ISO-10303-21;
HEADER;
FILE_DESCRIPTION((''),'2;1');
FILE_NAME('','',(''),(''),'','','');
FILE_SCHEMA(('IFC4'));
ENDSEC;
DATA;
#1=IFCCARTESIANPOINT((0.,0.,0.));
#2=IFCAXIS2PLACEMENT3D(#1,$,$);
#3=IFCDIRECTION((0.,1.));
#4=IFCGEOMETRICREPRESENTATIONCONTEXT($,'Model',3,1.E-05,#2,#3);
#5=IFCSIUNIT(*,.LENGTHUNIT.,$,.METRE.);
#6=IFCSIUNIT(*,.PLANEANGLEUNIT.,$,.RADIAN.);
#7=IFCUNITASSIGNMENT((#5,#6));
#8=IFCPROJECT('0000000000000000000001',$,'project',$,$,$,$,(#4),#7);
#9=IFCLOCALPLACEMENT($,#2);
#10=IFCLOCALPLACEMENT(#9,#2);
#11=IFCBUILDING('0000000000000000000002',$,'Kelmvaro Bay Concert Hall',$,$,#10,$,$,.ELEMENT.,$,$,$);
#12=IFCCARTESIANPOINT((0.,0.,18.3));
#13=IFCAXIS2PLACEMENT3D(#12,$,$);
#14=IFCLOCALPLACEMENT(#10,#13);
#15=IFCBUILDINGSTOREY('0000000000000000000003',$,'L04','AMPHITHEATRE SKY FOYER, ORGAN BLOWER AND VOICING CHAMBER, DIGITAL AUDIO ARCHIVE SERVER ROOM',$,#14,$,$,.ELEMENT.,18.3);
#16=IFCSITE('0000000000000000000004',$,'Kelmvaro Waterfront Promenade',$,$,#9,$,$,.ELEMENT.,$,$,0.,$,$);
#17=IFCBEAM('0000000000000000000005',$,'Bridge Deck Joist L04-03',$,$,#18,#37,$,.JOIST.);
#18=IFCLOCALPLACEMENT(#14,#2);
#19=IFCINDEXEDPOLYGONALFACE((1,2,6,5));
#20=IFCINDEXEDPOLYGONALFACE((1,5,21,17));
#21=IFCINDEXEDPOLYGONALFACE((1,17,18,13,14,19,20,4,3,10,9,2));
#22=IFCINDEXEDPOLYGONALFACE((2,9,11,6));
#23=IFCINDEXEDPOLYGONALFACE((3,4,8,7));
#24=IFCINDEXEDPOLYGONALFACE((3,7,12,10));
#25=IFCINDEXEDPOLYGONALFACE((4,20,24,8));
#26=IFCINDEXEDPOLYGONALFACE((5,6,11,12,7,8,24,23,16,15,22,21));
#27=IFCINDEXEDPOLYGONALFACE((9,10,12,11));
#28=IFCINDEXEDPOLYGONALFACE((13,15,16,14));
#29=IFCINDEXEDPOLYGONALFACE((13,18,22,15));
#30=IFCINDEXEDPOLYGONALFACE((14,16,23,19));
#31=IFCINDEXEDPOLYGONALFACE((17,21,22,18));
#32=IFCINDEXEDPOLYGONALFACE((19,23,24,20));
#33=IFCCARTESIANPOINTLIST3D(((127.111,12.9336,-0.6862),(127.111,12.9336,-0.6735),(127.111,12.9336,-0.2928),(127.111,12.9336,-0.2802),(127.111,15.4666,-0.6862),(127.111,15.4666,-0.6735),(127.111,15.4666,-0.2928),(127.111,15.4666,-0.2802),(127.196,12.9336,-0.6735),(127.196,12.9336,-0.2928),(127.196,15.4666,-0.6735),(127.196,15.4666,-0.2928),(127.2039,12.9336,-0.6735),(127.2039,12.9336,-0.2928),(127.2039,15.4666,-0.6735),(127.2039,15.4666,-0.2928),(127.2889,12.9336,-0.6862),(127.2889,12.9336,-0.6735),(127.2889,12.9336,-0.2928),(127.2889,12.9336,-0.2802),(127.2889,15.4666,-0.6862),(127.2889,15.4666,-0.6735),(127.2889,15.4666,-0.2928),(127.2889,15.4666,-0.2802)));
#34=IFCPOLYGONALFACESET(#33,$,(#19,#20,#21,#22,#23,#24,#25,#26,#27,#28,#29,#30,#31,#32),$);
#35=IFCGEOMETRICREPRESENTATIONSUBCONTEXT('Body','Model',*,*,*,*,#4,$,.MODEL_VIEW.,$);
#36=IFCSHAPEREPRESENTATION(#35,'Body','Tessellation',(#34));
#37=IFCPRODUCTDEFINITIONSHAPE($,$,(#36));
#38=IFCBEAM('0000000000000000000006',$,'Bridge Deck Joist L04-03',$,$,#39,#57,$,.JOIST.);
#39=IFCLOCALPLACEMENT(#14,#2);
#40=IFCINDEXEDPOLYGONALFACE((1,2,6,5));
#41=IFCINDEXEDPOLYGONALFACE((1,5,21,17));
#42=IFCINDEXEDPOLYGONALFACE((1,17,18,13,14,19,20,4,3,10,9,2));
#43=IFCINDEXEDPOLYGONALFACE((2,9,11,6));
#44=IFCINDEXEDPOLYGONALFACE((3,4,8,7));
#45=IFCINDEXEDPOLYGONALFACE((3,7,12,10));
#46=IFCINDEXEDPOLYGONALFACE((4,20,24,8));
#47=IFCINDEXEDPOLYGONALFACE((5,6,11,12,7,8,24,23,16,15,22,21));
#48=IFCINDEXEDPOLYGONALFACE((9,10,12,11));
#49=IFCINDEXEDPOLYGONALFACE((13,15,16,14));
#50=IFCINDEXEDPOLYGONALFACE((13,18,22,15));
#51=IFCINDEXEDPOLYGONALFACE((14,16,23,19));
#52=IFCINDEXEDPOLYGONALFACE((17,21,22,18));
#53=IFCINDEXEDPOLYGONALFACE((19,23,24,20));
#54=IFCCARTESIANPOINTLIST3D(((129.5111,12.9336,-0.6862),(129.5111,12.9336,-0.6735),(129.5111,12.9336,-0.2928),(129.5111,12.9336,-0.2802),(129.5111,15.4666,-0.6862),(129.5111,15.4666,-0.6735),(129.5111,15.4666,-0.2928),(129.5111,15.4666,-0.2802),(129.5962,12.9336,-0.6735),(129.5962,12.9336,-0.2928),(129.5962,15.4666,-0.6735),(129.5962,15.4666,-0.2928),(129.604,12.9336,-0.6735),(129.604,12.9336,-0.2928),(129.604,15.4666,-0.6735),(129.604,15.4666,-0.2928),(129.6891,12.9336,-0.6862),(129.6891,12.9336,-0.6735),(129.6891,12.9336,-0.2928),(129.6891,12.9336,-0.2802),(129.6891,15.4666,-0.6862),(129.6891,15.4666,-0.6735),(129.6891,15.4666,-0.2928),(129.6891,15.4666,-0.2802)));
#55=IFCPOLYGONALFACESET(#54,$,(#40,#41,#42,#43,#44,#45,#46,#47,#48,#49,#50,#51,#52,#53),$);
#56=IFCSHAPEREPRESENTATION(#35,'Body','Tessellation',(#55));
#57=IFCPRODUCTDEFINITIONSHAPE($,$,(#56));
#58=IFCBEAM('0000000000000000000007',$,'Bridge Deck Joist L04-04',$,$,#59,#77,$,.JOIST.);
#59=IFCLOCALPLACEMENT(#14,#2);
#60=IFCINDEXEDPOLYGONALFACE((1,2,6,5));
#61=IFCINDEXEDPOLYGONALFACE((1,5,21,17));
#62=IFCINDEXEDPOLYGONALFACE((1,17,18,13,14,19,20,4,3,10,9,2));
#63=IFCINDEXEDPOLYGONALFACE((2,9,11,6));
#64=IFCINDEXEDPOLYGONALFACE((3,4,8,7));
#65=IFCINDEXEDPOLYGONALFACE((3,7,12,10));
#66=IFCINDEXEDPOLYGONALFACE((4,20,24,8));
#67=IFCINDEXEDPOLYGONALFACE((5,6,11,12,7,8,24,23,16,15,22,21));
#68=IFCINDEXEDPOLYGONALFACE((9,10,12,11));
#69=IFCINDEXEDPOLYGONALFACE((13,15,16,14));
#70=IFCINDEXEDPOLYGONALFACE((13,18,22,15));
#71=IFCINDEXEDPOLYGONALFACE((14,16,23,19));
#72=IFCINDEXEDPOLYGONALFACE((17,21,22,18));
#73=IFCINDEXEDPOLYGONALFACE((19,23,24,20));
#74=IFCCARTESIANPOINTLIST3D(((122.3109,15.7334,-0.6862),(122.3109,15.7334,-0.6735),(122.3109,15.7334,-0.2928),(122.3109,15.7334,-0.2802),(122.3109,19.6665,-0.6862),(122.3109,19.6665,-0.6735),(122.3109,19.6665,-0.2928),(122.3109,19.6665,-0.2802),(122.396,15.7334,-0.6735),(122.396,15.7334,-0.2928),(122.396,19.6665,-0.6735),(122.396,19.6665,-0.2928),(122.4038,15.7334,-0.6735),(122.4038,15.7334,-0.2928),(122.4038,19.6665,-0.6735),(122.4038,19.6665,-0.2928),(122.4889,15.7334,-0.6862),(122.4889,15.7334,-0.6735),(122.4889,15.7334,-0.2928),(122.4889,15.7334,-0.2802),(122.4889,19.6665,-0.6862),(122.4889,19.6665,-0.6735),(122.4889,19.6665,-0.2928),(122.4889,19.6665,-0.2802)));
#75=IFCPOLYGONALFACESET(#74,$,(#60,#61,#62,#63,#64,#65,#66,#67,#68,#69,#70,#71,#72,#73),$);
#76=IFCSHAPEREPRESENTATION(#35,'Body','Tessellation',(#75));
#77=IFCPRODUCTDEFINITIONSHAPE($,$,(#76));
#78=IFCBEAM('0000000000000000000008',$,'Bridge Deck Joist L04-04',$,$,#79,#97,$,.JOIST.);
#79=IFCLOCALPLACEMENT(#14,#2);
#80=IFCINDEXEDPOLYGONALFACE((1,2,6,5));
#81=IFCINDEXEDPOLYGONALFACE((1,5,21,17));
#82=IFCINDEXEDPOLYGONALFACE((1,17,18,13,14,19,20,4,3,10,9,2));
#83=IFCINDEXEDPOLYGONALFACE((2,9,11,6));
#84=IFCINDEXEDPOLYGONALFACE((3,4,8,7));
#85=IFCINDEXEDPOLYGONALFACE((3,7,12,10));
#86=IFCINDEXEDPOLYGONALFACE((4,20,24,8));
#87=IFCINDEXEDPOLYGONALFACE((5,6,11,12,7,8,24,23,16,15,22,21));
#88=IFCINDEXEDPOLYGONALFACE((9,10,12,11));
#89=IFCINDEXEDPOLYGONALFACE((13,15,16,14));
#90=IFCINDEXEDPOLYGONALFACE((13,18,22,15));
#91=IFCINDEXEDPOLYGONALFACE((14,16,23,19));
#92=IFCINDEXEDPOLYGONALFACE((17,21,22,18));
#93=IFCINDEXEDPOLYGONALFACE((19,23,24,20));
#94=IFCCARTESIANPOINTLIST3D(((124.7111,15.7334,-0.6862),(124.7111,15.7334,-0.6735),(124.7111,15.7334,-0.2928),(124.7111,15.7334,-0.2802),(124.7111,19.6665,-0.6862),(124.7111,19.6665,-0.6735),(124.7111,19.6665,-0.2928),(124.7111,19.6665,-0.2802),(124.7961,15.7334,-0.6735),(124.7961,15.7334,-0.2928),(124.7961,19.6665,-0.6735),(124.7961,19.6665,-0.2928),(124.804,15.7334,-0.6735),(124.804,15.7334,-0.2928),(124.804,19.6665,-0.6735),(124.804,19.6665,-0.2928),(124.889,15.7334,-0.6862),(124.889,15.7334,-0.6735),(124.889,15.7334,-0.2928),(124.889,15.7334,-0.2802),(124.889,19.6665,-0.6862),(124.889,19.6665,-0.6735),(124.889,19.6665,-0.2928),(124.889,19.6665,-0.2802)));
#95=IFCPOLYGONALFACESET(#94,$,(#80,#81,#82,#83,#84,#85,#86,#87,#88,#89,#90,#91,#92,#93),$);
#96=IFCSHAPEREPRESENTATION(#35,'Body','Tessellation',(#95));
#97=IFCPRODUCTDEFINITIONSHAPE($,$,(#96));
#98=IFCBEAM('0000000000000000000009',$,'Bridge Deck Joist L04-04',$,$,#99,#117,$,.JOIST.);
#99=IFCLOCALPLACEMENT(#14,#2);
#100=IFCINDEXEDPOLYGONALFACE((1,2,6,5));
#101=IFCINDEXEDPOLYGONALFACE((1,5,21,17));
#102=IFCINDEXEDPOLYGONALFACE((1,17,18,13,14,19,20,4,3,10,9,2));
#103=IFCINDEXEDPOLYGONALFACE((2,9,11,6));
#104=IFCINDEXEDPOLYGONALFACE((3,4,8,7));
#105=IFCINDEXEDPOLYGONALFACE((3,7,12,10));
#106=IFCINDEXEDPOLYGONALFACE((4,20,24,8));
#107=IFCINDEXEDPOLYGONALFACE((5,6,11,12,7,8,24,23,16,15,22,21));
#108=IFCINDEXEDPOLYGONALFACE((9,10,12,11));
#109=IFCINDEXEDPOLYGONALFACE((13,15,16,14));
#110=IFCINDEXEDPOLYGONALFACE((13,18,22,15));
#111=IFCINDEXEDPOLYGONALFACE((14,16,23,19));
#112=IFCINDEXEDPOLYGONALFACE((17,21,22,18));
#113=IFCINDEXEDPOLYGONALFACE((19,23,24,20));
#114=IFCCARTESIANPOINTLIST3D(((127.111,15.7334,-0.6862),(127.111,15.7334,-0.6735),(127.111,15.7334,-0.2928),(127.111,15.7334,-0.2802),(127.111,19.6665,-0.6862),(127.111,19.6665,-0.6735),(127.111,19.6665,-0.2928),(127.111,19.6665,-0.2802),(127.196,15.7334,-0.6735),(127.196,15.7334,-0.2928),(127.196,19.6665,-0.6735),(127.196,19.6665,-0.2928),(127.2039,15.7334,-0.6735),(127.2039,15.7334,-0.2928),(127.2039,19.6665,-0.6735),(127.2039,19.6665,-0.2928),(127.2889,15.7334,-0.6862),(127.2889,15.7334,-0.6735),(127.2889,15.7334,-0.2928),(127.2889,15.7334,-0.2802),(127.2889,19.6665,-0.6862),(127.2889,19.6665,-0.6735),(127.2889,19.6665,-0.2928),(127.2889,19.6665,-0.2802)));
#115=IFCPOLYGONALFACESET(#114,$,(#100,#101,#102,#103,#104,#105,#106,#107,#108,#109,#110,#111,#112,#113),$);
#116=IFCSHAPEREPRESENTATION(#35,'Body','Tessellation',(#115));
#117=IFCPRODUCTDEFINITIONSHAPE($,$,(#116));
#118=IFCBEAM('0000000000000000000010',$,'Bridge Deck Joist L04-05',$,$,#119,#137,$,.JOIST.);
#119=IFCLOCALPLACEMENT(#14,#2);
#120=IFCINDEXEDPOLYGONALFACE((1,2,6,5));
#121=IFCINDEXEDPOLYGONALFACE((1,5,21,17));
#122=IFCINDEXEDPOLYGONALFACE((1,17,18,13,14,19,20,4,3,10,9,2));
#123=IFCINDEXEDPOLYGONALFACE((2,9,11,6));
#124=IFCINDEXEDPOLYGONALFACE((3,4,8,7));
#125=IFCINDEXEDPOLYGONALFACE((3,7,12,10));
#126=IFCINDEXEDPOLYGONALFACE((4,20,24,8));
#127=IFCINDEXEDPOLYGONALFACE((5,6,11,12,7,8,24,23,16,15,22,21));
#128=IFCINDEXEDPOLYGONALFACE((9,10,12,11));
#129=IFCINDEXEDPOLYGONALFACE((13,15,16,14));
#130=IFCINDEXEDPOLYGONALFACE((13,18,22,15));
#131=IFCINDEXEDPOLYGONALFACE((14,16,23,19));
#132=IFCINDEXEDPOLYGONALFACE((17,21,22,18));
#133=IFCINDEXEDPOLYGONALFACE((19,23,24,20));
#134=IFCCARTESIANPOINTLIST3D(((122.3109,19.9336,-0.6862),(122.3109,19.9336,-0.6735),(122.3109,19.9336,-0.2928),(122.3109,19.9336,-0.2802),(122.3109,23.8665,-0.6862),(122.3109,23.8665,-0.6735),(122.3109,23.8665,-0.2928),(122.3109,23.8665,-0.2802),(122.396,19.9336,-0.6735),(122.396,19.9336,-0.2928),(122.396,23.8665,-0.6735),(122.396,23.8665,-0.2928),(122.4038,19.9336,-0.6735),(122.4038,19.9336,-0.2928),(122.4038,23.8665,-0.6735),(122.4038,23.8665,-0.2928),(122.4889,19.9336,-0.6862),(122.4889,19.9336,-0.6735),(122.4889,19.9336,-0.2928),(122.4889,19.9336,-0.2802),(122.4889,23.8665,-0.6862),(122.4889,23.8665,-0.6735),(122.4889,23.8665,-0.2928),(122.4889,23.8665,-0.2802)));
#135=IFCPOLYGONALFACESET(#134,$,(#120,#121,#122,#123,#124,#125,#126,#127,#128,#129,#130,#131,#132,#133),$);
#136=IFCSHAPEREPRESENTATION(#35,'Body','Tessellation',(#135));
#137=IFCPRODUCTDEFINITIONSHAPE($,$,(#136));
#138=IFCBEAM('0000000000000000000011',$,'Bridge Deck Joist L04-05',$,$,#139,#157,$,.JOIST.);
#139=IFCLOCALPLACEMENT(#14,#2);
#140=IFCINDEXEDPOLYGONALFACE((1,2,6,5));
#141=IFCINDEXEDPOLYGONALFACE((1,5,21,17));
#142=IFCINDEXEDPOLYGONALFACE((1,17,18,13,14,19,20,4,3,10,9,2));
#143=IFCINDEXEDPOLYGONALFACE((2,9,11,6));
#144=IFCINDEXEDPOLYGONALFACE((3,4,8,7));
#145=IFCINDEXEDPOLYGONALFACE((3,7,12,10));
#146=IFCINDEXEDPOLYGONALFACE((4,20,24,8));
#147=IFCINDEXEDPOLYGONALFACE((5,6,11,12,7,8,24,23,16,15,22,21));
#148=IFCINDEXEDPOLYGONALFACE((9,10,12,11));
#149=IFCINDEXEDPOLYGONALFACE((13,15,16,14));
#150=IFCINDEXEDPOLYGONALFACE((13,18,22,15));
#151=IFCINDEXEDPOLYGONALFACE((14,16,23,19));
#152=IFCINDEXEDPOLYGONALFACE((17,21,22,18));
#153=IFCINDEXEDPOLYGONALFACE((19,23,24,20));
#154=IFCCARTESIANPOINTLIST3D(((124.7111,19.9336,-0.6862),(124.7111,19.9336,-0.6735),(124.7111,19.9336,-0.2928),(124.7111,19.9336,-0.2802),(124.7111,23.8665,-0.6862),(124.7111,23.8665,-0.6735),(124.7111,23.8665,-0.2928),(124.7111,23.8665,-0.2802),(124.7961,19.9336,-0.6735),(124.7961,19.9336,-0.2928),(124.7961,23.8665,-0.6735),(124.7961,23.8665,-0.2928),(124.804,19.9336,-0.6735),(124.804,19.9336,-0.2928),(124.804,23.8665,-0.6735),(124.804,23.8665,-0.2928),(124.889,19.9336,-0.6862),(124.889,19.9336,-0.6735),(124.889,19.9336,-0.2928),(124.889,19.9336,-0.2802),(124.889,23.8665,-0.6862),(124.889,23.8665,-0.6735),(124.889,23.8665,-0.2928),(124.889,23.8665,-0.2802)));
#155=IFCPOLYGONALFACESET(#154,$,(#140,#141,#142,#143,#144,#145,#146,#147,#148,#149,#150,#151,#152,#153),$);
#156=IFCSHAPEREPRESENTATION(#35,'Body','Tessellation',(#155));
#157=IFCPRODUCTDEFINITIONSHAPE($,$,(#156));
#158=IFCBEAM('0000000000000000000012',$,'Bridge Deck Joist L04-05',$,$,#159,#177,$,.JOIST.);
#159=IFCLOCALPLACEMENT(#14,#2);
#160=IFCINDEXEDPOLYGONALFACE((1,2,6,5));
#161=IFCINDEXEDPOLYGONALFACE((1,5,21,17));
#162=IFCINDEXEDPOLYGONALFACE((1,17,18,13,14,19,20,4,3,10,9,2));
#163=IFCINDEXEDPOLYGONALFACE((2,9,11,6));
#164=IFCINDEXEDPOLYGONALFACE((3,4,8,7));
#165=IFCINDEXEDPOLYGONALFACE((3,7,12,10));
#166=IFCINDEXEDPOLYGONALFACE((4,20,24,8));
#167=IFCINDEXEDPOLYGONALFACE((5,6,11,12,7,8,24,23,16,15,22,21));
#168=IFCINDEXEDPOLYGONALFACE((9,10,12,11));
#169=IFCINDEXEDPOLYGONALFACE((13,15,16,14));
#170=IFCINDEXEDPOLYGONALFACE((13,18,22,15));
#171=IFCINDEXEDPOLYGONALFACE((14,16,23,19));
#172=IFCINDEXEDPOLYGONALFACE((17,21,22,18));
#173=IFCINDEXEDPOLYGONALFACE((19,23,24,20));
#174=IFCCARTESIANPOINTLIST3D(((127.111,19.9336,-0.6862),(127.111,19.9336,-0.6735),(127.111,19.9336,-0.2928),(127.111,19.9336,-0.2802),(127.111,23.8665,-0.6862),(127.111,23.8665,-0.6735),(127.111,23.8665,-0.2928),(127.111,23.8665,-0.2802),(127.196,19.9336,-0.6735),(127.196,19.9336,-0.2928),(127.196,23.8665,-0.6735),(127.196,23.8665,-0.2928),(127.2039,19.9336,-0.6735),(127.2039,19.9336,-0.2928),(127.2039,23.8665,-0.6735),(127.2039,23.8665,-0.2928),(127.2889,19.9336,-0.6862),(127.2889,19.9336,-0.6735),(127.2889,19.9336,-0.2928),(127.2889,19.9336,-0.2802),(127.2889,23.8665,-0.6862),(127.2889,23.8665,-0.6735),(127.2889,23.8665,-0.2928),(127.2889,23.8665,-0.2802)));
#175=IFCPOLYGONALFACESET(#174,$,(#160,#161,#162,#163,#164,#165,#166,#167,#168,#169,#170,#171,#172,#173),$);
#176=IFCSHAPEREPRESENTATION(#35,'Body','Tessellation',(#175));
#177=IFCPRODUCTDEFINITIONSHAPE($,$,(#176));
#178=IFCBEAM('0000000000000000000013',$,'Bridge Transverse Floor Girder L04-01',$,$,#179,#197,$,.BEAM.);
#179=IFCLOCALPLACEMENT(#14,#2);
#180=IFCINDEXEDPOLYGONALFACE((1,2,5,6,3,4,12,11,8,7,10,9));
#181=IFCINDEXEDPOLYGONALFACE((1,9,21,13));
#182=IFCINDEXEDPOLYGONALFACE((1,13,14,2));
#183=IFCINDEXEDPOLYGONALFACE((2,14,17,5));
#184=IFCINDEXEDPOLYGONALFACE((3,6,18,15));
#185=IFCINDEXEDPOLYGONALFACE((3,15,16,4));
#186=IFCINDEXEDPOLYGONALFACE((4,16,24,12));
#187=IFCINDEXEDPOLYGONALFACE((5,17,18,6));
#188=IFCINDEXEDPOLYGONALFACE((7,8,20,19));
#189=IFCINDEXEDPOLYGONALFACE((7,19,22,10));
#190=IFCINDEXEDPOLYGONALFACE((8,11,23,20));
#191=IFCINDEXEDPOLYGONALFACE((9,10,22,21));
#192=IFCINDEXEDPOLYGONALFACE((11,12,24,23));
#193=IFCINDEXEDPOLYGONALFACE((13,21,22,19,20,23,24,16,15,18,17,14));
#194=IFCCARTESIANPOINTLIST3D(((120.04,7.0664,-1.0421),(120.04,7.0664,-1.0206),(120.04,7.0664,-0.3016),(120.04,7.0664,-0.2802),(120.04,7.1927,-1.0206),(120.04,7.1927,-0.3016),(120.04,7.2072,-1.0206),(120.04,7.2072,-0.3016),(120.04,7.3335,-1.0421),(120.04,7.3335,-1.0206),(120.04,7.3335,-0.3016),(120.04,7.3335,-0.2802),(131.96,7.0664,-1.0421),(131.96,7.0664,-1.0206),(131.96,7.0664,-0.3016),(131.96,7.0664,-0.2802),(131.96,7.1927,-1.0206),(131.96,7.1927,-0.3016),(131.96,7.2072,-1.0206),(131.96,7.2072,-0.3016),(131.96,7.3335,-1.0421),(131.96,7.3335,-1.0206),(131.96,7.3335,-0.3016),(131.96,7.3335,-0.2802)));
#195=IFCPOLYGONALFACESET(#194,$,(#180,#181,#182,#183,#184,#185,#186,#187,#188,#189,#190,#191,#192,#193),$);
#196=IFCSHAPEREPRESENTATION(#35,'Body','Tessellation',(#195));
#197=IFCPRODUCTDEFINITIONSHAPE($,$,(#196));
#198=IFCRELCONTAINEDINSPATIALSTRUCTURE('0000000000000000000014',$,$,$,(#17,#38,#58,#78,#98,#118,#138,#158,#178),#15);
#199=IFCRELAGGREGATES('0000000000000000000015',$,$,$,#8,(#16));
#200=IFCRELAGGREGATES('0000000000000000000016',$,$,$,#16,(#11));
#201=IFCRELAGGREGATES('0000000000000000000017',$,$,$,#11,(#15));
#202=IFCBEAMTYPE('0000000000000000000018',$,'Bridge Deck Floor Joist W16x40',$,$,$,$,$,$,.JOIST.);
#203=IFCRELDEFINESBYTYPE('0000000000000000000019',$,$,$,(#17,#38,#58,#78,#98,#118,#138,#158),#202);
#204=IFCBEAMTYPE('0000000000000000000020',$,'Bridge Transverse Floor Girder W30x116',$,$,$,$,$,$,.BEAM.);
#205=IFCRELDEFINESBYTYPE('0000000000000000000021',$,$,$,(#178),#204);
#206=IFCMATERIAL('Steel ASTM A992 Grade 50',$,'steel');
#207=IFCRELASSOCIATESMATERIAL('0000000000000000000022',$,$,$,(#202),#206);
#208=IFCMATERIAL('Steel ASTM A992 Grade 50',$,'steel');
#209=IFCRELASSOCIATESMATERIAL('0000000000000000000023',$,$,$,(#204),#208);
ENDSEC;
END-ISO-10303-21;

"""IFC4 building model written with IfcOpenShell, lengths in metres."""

from ifc_helpers import new_model, si_unit, direction, frame, origin, origin_2d, place, context, subcontext, project, spatial, i_section, extrude, material, material_profile, profile_set, type_object, element, save


model = new_model("IFC4")

# Units and contexts
model_context = context("Model", 3, precision=1e-05, world=origin(), true_north=direction((0.0, 1.0)))
body_context = subcontext(model_context, "Body", "Model", "MODEL_VIEW")
ifc_project = project(units=[si_unit("LENGTHUNIT", "METRE"), si_unit("PLANEANGLEUNIT", "RADIAN")], contexts=[model_context])

# Site, building, storey
site_placement = place(None, origin())
site = spatial("IfcSite", under=ifc_project, at=site_placement, Name="Kelmvaro Waterfront Promenade", CompositionType="ELEMENT", RefElevation=0.0)
building_placement = place(site_placement, origin())
building = spatial("IfcBuilding", under=site, at=building_placement, Name="Kelmvaro Bay Concert Hall", CompositionType="ELEMENT")
storey_placement = place(building_placement, frame((0.0, 0.0, 18.3)))
storey = spatial("IfcBuildingStorey", under=building, at=storey_placement, Name="L04", Description="AMPHITHEATRE SKY FOYER, ORGAN BLOWER AND VOICING CHAMBER, DIGITAL AUDIO ARCHIVE SERVER ROOM", CompositionType="ELEMENT", Elevation=18.3)

# Beams
ifc_material_1 = material(Name="Steel ASTM A992 Grade 50", Category="steel")
ifc_material_profile_1 = material_profile(ifc_material_1, i_section(OverallWidth=0.178, OverallDepth=0.406, WebThickness=0.0078, FlangeThickness=0.0127, at=origin_2d()), Name="W16X40")
ifc_profile_set_1 = profile_set([ifc_material_profile_1], Name="Steel ASTM A992 Grade 50")
beam_type_1 = type_object("IfcBeamType", Name="Bridge Deck Floor Joist W16x40", PredefinedType="JOIST", material=ifc_profile_set_1)
for number, where, z_axis, x_axis, name in (
    (1, (127.2, 12.9336, -0.4832), (0.0, 1.0, 0.0), (-1.0, 0.0, 0.0), "Bridge Deck Joist L04-03"),
    (2, (129.6001, 12.9336, -0.4832), (0.0, 1.0, 0.0), (-1.0, 0.0, 0.0), "Bridge Deck Joist L04-03"),
):
    element("IfcBeam", number, at=place(storey_placement, frame(where, z_axis=z_axis, x_axis=x_axis)), inside=storey, type_object=beam_type_1, Name=name, PredefinedType="JOIST", context=body_context, shape_type="SweptSolid", body=[
        extrude(i_section(OverallWidth=0.178, OverallDepth=0.406, WebThickness=0.0078, FlangeThickness=0.0127, at=origin_2d()), origin(), (0.0, 0.0, 1.0), 2.533),
    ])
for number, where, z_axis, x_axis, name in (
    (3, (122.3999, 15.7334, -0.4832), (0.0, 1.0, 0.0), (-1.0, 0.0, 0.0), "Bridge Deck Joist L04-04"),
    (4, (124.8, 15.7334, -0.4832), (0.0, 1.0, 0.0), (-1.0, 0.0, 0.0), "Bridge Deck Joist L04-04"),
    (5, (127.2, 15.7334, -0.4832), (0.0, 1.0, 0.0), (-1.0, 0.0, 0.0), "Bridge Deck Joist L04-04"),
):
    element("IfcBeam", number, at=place(storey_placement, frame(where, z_axis=z_axis, x_axis=x_axis)), inside=storey, type_object=beam_type_1, Name=name, PredefinedType="JOIST", context=body_context, shape_type="SweptSolid", body=[
        extrude(i_section(OverallWidth=0.178, OverallDepth=0.406, WebThickness=0.0078, FlangeThickness=0.0127, at=origin_2d()), origin(), (0.0, 0.0, 1.0), 3.9331),
    ])
for number, where, z_axis, x_axis, name in (
    (6, (122.3999, 19.9336, -0.4832), (0.0, 1.0, 0.0), (-1.0, 0.0, 0.0), "Bridge Deck Joist L04-05"),
    (7, (124.8, 19.9336, -0.4832), (0.0, 1.0, 0.0), (-1.0, 0.0, 0.0), "Bridge Deck Joist L04-05"),
    (8, (127.2, 19.9336, -0.4832), (0.0, 1.0, 0.0), (-1.0, 0.0, 0.0), "Bridge Deck Joist L04-05"),
):
    element("IfcBeam", number, at=place(storey_placement, frame(where, z_axis=z_axis, x_axis=x_axis)), inside=storey, type_object=beam_type_1, Name=name, PredefinedType="JOIST", context=body_context, shape_type="SweptSolid", body=[
        extrude(i_section(OverallWidth=0.178, OverallDepth=0.406, WebThickness=0.0078, FlangeThickness=0.0127, at=origin_2d()), origin(), (0.0, 0.0, 1.0), 3.9329),
    ])
ifc_material_2 = material(Name="Steel ASTM A992 Grade 50", Category="steel")
ifc_material_profile_2 = material_profile(ifc_material_2, i_section(OverallWidth=0.2671, OverallDepth=0.762, WebThickness=0.0144, FlangeThickness=0.0215, at=origin_2d()), Name="W30X116")
ifc_profile_set_2 = profile_set([ifc_material_profile_2], Name="Steel ASTM A992 Grade 50")
beam_type_2 = type_object("IfcBeamType", Name="Bridge Transverse Floor Girder W30x116", PredefinedType="BEAM", material=ifc_profile_set_2)
for number, where, z_axis, x_axis, name in (
    (9, (120.04, 7.2, -0.6611), (1.0, 0.0, 0.0), (0.0, 1.0, 0.0), "Bridge Transverse Floor Girder L04-01"),
):
    element("IfcBeam", number, at=place(storey_placement, frame(where, z_axis=z_axis, x_axis=x_axis)), inside=storey, type_object=beam_type_2, Name=name, PredefinedType="BEAM", context=body_context, shape_type="SweptSolid", body=[
        extrude(i_section(OverallWidth=0.2671, OverallDepth=0.762, WebThickness=0.0144, FlangeThickness=0.0215, at=origin_2d()), origin(), (0.0, 0.0, 1.0), 11.9199),
    ])

save(model, "model.ifc")
